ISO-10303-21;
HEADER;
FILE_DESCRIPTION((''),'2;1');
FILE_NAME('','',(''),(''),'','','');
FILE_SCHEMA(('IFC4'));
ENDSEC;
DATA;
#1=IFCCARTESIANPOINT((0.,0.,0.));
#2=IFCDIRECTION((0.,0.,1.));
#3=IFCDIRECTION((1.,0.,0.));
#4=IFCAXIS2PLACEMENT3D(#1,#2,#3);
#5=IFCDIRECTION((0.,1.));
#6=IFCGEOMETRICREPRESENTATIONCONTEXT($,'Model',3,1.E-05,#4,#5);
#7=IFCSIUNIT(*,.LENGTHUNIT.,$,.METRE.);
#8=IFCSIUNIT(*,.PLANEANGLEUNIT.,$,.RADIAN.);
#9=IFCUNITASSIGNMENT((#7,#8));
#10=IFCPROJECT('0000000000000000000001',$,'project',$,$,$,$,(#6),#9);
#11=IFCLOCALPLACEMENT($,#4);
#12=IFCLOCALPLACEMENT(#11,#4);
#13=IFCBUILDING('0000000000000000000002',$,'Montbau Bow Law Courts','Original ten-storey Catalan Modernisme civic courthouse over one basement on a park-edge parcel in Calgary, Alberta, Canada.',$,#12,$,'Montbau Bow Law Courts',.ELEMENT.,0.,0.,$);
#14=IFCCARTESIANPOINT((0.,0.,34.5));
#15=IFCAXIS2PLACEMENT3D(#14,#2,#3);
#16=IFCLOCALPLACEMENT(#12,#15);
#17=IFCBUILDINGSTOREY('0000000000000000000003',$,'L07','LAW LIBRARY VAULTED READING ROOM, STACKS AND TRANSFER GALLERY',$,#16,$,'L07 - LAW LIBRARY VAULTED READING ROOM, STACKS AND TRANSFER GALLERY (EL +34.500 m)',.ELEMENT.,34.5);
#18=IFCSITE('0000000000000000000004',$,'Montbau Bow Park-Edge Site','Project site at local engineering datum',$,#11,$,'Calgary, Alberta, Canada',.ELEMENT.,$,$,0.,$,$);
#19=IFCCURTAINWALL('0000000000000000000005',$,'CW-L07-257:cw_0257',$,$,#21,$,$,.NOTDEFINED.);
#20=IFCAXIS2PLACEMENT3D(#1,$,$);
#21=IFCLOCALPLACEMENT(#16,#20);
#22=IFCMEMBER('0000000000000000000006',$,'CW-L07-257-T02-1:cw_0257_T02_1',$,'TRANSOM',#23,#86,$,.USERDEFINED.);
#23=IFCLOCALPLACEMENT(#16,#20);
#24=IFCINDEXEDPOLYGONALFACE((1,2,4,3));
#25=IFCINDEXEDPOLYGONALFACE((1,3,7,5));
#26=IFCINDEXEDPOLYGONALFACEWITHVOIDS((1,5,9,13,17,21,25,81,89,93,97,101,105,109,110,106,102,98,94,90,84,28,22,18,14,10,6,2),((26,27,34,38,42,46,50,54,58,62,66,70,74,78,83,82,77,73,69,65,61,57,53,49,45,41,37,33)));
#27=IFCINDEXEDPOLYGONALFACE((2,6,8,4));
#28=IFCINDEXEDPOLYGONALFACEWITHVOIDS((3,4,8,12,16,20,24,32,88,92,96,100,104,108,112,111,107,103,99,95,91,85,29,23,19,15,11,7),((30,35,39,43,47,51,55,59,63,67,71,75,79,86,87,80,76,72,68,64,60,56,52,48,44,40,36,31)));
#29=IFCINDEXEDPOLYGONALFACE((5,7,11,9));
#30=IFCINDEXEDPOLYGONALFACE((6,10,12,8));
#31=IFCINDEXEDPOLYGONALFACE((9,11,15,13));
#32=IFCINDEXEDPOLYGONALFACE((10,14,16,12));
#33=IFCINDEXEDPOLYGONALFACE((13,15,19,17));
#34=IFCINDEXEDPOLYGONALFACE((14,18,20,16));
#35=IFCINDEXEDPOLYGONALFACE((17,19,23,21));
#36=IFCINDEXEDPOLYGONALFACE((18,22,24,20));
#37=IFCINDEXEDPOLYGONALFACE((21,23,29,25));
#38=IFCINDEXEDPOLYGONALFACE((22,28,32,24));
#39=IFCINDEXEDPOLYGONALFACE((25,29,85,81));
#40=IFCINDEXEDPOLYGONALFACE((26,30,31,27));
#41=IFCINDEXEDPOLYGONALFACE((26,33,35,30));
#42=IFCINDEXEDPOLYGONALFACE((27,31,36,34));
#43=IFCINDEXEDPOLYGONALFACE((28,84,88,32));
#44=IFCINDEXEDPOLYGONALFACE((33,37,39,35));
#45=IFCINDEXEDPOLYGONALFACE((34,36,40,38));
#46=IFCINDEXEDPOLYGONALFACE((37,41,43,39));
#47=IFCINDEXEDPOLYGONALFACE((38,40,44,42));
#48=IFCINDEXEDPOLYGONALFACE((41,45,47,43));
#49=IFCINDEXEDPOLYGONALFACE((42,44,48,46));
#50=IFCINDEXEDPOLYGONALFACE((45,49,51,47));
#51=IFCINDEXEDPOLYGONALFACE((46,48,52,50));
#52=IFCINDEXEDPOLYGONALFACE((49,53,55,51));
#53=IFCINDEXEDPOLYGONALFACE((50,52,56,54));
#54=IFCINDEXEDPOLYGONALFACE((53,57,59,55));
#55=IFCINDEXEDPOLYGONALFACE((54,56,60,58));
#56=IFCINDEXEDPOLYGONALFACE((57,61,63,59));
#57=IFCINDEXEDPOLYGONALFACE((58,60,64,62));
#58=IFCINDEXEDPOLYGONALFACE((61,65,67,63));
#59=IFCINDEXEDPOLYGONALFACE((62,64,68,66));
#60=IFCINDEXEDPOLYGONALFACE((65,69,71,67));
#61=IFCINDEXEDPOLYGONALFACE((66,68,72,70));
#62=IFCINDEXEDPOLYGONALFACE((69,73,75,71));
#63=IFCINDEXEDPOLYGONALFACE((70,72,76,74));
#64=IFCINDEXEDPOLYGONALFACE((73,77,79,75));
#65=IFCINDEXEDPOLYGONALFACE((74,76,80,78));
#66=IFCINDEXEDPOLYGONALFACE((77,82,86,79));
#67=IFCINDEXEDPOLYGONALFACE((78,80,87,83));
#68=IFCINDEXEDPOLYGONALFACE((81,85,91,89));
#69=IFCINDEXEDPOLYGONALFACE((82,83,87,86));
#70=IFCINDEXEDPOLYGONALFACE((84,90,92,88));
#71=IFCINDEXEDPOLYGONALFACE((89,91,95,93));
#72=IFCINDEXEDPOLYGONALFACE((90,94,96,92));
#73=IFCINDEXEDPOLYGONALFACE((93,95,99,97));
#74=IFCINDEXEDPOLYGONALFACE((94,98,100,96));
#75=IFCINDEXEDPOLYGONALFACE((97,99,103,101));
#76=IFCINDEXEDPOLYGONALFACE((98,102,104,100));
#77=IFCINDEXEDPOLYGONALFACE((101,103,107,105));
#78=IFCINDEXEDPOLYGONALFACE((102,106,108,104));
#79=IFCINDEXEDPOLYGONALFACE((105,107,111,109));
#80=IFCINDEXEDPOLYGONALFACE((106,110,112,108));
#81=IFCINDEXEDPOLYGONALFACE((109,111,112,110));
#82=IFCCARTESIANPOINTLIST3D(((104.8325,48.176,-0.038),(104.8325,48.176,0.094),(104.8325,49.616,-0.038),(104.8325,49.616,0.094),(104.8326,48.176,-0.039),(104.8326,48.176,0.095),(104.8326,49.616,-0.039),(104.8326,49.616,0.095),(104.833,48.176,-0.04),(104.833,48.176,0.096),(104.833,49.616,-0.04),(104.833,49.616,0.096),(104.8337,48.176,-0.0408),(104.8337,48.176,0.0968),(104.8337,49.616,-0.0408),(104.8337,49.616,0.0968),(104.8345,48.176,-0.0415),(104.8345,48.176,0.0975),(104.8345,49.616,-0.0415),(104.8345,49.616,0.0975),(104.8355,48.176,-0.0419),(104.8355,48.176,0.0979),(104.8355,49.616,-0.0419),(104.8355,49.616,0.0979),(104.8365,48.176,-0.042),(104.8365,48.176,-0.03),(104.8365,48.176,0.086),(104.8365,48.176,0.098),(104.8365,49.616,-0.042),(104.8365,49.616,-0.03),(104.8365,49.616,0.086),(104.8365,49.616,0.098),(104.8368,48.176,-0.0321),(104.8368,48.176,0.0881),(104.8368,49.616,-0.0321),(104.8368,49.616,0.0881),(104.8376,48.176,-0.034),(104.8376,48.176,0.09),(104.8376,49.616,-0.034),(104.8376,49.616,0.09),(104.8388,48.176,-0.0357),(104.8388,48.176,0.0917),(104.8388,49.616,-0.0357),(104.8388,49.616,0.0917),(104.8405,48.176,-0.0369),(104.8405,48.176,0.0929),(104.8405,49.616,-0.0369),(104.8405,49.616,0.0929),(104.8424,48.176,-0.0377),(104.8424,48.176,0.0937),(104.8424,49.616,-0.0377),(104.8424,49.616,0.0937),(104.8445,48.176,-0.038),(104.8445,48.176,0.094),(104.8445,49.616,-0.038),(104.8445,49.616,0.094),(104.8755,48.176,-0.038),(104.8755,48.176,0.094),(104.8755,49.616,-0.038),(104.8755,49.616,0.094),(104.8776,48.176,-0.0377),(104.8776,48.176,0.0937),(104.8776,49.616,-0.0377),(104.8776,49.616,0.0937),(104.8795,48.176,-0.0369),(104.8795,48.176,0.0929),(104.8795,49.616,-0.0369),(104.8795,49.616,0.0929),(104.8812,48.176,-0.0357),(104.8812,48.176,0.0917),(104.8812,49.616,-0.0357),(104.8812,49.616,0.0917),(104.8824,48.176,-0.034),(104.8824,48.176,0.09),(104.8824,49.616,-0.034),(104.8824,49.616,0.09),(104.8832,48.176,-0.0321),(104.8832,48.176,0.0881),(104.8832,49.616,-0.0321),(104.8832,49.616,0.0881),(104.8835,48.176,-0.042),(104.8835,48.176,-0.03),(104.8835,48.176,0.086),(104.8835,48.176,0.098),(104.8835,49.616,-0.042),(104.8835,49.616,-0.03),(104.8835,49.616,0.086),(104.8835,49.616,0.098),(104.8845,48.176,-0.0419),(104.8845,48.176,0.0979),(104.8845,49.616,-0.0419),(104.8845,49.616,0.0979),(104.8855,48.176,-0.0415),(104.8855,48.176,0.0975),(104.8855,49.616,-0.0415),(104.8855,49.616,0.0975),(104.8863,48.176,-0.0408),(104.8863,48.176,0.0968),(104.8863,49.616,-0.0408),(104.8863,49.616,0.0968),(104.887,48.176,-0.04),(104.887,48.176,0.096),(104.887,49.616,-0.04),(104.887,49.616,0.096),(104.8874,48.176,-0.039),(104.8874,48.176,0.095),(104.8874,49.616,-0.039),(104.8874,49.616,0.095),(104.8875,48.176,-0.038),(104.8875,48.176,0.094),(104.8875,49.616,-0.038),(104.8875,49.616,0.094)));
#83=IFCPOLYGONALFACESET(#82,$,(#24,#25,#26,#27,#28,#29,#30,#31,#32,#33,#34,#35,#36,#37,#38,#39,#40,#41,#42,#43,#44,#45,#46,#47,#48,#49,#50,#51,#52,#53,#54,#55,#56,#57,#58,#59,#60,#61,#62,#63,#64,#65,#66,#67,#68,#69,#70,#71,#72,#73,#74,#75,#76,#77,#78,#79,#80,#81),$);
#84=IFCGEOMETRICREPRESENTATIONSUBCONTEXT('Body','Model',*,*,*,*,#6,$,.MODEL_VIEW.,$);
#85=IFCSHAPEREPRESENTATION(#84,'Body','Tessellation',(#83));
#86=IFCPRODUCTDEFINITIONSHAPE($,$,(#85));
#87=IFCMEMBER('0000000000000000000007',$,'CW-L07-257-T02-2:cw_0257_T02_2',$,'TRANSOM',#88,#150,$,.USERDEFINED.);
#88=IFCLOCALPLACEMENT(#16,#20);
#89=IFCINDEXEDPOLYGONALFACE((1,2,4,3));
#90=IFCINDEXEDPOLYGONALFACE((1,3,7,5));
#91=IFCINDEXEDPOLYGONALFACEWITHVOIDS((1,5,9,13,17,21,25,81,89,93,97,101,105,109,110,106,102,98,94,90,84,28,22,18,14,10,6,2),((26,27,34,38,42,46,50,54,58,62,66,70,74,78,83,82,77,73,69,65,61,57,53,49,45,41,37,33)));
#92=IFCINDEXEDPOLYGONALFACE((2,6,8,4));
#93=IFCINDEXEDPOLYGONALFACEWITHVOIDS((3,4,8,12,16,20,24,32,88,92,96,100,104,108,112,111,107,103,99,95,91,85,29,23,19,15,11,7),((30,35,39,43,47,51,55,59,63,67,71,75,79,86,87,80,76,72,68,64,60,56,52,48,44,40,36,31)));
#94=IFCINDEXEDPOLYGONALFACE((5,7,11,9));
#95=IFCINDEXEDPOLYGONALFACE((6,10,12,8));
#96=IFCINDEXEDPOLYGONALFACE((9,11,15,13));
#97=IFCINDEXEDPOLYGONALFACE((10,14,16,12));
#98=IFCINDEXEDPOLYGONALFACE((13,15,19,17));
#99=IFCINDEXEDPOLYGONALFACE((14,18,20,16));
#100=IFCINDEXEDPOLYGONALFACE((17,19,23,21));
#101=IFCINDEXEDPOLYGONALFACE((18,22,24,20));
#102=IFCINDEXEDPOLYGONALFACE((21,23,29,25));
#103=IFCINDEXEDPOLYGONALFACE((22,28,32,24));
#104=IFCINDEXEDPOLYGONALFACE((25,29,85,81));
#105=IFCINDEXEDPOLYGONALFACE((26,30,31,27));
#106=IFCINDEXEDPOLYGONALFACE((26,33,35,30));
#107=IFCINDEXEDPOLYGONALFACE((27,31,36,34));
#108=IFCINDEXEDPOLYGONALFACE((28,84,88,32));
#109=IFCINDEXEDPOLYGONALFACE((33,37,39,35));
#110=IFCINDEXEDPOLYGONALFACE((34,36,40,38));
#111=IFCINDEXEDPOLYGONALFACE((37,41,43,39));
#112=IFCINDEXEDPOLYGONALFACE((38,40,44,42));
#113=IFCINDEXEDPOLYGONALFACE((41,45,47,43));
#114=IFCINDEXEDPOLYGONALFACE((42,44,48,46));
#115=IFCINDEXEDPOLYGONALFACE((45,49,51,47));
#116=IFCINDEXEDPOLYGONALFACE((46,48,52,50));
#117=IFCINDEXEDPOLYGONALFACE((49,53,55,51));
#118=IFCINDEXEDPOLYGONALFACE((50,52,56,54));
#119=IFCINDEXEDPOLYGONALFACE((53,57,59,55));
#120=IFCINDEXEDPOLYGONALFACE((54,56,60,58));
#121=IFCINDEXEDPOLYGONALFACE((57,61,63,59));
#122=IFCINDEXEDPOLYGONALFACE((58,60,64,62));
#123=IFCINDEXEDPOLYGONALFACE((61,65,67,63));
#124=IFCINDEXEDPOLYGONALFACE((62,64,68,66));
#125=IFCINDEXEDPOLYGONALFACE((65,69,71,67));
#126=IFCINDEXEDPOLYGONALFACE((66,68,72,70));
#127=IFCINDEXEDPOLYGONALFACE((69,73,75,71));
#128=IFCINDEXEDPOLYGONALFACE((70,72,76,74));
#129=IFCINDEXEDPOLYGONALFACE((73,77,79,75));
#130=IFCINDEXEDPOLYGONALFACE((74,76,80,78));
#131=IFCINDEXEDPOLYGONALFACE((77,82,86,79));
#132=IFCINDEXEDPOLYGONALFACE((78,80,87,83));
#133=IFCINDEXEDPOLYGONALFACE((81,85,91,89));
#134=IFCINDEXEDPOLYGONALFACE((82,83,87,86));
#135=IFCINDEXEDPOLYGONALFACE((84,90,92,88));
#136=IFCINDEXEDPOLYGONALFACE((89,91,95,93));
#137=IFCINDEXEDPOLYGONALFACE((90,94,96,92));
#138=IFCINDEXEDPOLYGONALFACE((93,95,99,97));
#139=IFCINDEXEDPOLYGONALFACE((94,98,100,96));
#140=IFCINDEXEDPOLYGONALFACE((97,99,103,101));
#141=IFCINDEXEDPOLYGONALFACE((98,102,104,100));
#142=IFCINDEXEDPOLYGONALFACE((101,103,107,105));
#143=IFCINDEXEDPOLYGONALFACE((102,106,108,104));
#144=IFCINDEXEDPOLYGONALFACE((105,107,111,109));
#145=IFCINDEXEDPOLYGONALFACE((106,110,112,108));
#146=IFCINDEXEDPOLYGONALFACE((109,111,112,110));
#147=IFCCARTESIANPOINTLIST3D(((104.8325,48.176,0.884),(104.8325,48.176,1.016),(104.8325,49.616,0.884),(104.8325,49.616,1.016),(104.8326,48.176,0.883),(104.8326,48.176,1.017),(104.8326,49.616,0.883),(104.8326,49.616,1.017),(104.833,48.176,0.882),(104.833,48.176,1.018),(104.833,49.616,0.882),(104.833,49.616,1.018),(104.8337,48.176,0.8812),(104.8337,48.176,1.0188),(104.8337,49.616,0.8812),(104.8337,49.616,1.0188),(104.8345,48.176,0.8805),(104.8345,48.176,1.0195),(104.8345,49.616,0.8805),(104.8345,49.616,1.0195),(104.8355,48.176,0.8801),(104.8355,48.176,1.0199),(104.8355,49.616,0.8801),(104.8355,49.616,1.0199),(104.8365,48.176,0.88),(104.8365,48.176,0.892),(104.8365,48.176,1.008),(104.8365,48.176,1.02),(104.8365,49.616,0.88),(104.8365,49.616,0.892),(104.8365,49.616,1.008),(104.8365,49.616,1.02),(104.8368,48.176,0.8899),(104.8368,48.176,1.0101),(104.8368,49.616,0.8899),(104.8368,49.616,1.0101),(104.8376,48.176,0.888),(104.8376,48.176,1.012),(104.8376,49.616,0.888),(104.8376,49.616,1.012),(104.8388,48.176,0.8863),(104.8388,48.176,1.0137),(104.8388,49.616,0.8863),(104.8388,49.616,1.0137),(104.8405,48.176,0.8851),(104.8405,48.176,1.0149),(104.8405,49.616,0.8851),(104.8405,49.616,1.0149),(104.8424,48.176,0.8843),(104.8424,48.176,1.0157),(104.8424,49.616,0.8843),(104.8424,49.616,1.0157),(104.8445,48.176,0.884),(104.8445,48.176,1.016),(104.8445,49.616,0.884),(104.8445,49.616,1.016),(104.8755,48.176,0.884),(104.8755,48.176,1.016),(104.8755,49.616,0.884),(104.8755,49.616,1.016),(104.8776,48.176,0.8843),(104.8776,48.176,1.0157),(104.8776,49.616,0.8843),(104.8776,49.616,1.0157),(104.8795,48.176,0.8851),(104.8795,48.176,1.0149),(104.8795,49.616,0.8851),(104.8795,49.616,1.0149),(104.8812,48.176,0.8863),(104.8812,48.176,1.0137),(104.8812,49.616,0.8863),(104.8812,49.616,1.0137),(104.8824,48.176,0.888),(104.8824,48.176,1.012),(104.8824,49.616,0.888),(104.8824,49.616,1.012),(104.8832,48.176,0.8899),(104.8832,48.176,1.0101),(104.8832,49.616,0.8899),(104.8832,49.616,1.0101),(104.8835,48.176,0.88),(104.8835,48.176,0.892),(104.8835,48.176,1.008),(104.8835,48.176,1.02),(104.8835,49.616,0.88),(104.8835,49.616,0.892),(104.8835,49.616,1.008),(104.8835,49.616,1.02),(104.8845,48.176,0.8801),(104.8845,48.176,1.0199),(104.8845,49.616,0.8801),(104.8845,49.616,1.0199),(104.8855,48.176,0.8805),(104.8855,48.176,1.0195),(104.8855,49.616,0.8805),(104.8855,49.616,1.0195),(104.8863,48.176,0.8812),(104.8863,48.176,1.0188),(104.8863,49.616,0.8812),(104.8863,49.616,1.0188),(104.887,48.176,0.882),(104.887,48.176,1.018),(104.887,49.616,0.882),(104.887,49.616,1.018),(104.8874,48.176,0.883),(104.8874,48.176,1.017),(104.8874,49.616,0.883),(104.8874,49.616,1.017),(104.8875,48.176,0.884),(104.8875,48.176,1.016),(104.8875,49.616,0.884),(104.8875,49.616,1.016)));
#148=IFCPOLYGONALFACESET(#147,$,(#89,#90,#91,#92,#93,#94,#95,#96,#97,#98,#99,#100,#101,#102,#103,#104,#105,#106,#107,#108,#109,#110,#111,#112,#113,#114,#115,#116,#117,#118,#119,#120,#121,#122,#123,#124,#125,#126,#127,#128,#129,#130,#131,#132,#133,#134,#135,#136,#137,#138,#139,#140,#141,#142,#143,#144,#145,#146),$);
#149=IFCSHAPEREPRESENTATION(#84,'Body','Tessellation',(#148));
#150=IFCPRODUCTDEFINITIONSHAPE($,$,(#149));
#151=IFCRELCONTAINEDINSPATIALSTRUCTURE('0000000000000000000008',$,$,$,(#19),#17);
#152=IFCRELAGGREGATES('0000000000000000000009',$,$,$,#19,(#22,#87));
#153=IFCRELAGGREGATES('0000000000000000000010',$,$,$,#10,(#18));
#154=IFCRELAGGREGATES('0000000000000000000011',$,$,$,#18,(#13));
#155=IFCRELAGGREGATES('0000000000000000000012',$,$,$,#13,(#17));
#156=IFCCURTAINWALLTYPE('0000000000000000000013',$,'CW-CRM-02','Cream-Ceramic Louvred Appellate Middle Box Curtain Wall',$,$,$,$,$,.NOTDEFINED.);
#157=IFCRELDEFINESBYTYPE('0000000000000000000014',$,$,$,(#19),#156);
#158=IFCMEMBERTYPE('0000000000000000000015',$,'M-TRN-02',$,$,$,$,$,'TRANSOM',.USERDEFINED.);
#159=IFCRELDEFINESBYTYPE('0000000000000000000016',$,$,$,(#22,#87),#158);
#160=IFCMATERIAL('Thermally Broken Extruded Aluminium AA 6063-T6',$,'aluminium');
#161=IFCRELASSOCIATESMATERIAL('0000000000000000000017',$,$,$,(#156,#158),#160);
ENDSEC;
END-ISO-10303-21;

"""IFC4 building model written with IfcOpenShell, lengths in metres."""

from ifc_helpers import new_model, si_unit, direction, frame, origin_with_axes, origin_2d_with_axis, place, context, subcontext, project, spatial, hollow_rectangle, extrude, material, material_profile, profile_set, type_object, element, aggregate, save


model = new_model("IFC4")

# Units and contexts
model_context = context("Model", 3, precision=1e-05, world=origin_with_axes(), true_north=direction((0.0, 1.0)))
body_context = subcontext(model_context, "Body", "Model", "MODEL_VIEW")
ifc_project = project(units=[si_unit("LENGTHUNIT", "METRE"), si_unit("PLANEANGLEUNIT", "RADIAN")], contexts=[model_context])

# Site, building, storey
site_placement = place(None, origin_with_axes())
site = spatial("IfcSite", under=ifc_project, at=site_placement, Name="Montbau Bow Park-Edge Site", Description="Project site at local engineering datum", LongName="Calgary, Alberta, Canada", CompositionType="ELEMENT", RefElevation=0.0)
building_placement = place(site_placement, origin_with_axes())
building = spatial("IfcBuilding", under=site, at=building_placement, Name="Montbau Bow Law Courts", Description="Original ten-storey Catalan Modernisme civic courthouse over one basement on a park-edge parcel in Calgary, Alberta, Canada.", LongName="Montbau Bow Law Courts", CompositionType="ELEMENT", ElevationOfRefHeight=0.0, ElevationOfTerrain=0.0)
storey_placement = place(building_placement, frame((0.0, 0.0, 34.5), z_axis=(0.0, 0.0, 1.0), x_axis=(1.0, 0.0, 0.0)))
storey = spatial("IfcBuildingStorey", under=building, at=storey_placement, Name="L07", Description="LAW LIBRARY VAULTED READING ROOM, STACKS AND TRANSFER GALLERY", LongName="L07 - LAW LIBRARY VAULTED READING ROOM, STACKS AND TRANSFER GALLERY (EL +34.500 m)", CompositionType="ELEMENT", Elevation=34.5)

# Curtain wall
ifc_material_1 = material(Name="Thermally Broken Extruded Aluminium AA 6063-T6", Category="aluminium")
curtain_wall_type = type_object("IfcCurtainWallType", Name="CW-CRM-02", Description="Cream-Ceramic Louvred Appellate Middle Box Curtain Wall", PredefinedType="NOTDEFINED", material=ifc_material_1)
curtain_wall_1_placement = place(None, frame((104.86, 46.64, 34.5), z_axis=(0.0, 0.0, 1.0), x_axis=(1.0, 0.0, 0.0)))
curtain_wall_1 = element("IfcCurtainWall", 1, at=curtain_wall_1_placement, inside=storey, type_object=curtain_wall_type, Name="CW-L07-257:cw_0257", PredefinedType="NOTDEFINED")

# Members
ifc_material_profile_1 = material_profile(ifc_material_1, hollow_rectangle(XDim=0.055, YDim=0.14, WallThickness=0.004, InnerFilletRadius=0.008, OuterFilletRadius=0.004, at=origin_2d_with_axis()), Name="CWT-140X55", Category="Main", Priority=0)
ifc_profile_set_1 = profile_set([ifc_material_profile_1], Name="Thermally Broken Extruded Aluminium AA 6063-T6")
member_type_1 = type_object("IfcMemberType", Name="M-TRN-02", ElementType="TRANSOM", PredefinedType="USERDEFINED", material=ifc_profile_set_1)
member_1_placement = place(None, frame((104.86, 48.176, 34.528), z_axis=(0.0, 1.0, 0.0), x_axis=(-1.0, 0.0, 0.0)))
member_1 = element("IfcMember", 2, at=member_1_placement, type_object=member_type_1, Name="CW-L07-257-T02-1:cw_0257_T02_1", ObjectType="TRANSOM", PredefinedType="USERDEFINED", context=body_context, shape_type="SweptSolid", body=[
    extrude(hollow_rectangle(XDim=0.055, YDim=0.14, WallThickness=0.004, InnerFilletRadius=0.008, OuterFilletRadius=0.004, at=origin_2d_with_axis()), origin_with_axes(), (0.0, 0.0, 1.0), 1.44),
])
member_2_placement = place(None, frame((104.86, 48.176, 35.45), z_axis=(0.0, 1.0, 0.0), x_axis=(-1.0, 0.0, 0.0)))
member_2 = element("IfcMember", 3, at=member_2_placement, type_object=member_type_1, Name="CW-L07-257-T02-2:cw_0257_T02_2", ObjectType="TRANSOM", PredefinedType="USERDEFINED", context=body_context, shape_type="SweptSolid", body=[
    extrude(hollow_rectangle(XDim=0.055, YDim=0.14, WallThickness=0.004, InnerFilletRadius=0.008, OuterFilletRadius=0.004, at=origin_2d_with_axis()), origin_with_axes(), (0.0, 0.0, 1.0), 1.44),
])

aggregate(curtain_wall_1, [member_1, member_2])

save(model, "model.ifc")
